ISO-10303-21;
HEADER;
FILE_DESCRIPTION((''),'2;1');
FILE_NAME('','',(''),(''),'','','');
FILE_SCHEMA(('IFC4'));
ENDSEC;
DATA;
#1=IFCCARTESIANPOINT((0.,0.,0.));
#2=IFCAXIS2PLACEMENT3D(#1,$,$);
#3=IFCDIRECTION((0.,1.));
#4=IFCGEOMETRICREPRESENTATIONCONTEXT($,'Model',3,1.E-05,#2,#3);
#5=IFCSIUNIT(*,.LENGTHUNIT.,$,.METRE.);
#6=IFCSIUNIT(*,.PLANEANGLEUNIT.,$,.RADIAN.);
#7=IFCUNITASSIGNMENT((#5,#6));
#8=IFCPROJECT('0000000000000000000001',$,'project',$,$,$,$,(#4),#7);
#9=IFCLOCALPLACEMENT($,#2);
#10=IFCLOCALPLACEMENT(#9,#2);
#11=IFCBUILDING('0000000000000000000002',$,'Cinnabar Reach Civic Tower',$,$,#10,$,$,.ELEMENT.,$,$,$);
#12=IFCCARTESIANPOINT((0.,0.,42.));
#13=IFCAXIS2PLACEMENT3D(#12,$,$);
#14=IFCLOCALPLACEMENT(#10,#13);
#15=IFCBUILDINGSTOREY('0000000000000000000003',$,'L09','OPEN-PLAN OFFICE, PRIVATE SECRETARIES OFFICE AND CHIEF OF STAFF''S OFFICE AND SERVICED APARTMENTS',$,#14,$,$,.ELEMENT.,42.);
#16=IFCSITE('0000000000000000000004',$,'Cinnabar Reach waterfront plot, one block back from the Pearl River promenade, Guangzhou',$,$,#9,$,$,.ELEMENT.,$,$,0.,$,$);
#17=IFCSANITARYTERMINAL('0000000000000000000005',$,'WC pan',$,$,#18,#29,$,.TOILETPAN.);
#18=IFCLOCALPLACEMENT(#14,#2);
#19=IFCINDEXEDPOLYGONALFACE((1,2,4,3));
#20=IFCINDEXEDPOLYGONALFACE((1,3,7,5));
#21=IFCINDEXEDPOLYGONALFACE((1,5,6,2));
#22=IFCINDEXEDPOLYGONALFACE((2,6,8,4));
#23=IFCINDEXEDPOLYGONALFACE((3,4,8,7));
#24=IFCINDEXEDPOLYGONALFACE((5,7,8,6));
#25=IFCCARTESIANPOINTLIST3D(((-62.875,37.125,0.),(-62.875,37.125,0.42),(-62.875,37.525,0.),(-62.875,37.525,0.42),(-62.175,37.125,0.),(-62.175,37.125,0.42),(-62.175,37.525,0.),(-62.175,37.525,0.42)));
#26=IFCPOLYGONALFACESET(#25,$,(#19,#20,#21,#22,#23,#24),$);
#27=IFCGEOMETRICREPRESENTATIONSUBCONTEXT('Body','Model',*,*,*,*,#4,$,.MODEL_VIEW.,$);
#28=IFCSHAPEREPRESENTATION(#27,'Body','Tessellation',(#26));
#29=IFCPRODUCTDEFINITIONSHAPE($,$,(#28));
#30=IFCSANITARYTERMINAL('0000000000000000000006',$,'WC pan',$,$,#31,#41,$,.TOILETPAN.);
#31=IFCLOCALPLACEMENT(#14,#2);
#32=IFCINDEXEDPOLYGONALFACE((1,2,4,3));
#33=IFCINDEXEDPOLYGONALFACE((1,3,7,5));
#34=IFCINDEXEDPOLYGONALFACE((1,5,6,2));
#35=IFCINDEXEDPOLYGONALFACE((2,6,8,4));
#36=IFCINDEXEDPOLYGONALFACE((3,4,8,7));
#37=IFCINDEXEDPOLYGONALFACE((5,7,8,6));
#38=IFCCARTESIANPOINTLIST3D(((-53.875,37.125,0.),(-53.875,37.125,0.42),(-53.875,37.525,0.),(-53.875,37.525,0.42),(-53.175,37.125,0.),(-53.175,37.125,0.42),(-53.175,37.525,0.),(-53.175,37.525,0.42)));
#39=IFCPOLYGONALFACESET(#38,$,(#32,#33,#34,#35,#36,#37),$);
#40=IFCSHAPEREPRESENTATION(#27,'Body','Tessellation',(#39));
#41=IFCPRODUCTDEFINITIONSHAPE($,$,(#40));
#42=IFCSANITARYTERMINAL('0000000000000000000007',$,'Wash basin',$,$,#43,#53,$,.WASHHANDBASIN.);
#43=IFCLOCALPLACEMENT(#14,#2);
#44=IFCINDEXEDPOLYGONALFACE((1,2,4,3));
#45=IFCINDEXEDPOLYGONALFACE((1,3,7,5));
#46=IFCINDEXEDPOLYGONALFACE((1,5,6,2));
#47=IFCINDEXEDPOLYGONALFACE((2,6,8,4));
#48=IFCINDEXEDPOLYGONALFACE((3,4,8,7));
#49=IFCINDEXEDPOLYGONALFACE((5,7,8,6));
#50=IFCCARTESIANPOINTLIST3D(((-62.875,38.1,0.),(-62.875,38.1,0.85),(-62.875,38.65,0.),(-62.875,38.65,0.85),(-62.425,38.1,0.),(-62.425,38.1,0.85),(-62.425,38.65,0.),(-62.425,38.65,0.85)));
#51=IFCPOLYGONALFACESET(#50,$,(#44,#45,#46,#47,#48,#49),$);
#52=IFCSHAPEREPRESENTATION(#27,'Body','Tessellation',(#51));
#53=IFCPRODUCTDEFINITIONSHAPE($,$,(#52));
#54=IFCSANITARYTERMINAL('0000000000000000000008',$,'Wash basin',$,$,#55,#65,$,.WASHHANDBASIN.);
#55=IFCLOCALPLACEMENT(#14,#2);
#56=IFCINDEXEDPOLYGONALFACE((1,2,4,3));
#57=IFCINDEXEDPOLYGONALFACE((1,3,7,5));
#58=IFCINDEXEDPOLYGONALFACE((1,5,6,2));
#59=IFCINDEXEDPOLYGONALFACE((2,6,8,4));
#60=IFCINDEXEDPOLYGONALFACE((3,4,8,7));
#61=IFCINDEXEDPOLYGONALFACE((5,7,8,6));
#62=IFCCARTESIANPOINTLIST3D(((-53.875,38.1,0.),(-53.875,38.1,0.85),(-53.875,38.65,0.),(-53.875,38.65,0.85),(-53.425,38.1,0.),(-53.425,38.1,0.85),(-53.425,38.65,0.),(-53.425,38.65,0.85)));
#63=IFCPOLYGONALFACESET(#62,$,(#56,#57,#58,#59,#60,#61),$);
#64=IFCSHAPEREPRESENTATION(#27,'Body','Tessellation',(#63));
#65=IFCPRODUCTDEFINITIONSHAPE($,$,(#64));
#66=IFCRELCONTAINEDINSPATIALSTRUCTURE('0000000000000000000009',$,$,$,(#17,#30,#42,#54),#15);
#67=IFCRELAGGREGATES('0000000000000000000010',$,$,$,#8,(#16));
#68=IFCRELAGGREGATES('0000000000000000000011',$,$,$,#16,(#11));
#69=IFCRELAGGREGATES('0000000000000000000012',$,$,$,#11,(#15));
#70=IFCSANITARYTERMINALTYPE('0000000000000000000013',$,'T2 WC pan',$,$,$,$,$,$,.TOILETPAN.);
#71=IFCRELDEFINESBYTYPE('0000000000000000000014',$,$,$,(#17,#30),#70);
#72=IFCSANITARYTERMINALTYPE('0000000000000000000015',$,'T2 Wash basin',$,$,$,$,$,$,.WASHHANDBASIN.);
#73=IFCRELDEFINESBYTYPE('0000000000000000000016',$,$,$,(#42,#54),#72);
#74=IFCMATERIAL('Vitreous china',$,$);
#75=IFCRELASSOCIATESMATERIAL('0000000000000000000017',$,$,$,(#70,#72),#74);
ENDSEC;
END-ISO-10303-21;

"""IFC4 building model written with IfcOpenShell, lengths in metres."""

from ifc_helpers import new_model, si_unit, direction, frame, origin, origin_2d, place, context, subcontext, project, spatial, rectangle, extrude, material, type_object, element, save


model = new_model("IFC4")

# Units and contexts
model_context = context("Model", 3, precision=1e-05, world=origin(), true_north=direction((0.0, 1.0)))
body_context = subcontext(model_context, "Body", "Model", "MODEL_VIEW")
ifc_project = project(units=[si_unit("LENGTHUNIT", "METRE"), si_unit("PLANEANGLEUNIT", "RADIAN")], contexts=[model_context])

# Site, building, storey
site_placement = place(None, origin())
site = spatial("IfcSite", under=ifc_project, at=site_placement, Name="Cinnabar Reach waterfront plot, one block back from the Pearl River promenade, Guangzhou", CompositionType="ELEMENT", RefElevation=0.0)
building_placement = place(site_placement, origin())
building = spatial("IfcBuilding", under=site, at=building_placement, Name="Cinnabar Reach Civic Tower", CompositionType="ELEMENT")
storey_placement = place(building_placement, frame((0.0, 0.0, 42.0)))
storey = spatial("IfcBuildingStorey", under=building, at=storey_placement, Name="L09", Description="OPEN-PLAN OFFICE, PRIVATE SECRETARIES OFFICE AND CHIEF OF STAFF'S OFFICE AND SERVICED APARTMENTS", CompositionType="ELEMENT", Elevation=42.0)

# Sanitary terminals
ifc_material_1 = material(Name="Vitreous china")
sanitary_terminal_type_1 = type_object("IfcSanitaryTerminalType", Name="T2 WC pan", PredefinedType="TOILETPAN", material=ifc_material_1)
for number, where, z_axis, x_axis, name in (
    (1, (-62.525, 37.325, 0.0), (0.0, 0.0, 1.0), (1.0, 0.0, 0.0), "WC pan"),
    (2, (-53.525, 37.325, 0.0), (0.0, 0.0, 1.0), (1.0, 0.0, 0.0), "WC pan"),
):
    element("IfcSanitaryTerminal", number, at=place(storey_placement, frame(where, z_axis=z_axis, x_axis=x_axis)), inside=storey, type_object=sanitary_terminal_type_1, Name=name, PredefinedType="TOILETPAN", context=body_context, shape_type="SweptSolid", body=[
        extrude(rectangle(XDim=0.7, YDim=0.4, at=origin_2d()), origin(), (0.0, 0.0, 1.0), 0.42),
    ])
sanitary_terminal_type_2 = type_object("IfcSanitaryTerminalType", Name="T2 Wash basin", PredefinedType="WASHHANDBASIN", material=ifc_material_1)
for number, where, z_axis, x_axis, name in (
    (3, (-62.65, 38.375, 0.0), (0.0, 0.0, 1.0), (1.0, 0.0, 0.0), "Wash basin"),
    (4, (-53.65, 38.375, 0.0), (0.0, 0.0, 1.0), (1.0, 0.0, 0.0), "Wash basin"),
):
    element("IfcSanitaryTerminal", number, at=place(storey_placement, frame(where, z_axis=z_axis, x_axis=x_axis)), inside=storey, type_object=sanitary_terminal_type_2, Name=name, PredefinedType="WASHHANDBASIN", context=body_context, shape_type="SweptSolid", body=[
        extrude(rectangle(XDim=0.45, YDim=0.55, at=origin_2d()), origin(), (0.0, 0.0, 1.0), 0.85),
    ])

save(model, "model.ifc")
